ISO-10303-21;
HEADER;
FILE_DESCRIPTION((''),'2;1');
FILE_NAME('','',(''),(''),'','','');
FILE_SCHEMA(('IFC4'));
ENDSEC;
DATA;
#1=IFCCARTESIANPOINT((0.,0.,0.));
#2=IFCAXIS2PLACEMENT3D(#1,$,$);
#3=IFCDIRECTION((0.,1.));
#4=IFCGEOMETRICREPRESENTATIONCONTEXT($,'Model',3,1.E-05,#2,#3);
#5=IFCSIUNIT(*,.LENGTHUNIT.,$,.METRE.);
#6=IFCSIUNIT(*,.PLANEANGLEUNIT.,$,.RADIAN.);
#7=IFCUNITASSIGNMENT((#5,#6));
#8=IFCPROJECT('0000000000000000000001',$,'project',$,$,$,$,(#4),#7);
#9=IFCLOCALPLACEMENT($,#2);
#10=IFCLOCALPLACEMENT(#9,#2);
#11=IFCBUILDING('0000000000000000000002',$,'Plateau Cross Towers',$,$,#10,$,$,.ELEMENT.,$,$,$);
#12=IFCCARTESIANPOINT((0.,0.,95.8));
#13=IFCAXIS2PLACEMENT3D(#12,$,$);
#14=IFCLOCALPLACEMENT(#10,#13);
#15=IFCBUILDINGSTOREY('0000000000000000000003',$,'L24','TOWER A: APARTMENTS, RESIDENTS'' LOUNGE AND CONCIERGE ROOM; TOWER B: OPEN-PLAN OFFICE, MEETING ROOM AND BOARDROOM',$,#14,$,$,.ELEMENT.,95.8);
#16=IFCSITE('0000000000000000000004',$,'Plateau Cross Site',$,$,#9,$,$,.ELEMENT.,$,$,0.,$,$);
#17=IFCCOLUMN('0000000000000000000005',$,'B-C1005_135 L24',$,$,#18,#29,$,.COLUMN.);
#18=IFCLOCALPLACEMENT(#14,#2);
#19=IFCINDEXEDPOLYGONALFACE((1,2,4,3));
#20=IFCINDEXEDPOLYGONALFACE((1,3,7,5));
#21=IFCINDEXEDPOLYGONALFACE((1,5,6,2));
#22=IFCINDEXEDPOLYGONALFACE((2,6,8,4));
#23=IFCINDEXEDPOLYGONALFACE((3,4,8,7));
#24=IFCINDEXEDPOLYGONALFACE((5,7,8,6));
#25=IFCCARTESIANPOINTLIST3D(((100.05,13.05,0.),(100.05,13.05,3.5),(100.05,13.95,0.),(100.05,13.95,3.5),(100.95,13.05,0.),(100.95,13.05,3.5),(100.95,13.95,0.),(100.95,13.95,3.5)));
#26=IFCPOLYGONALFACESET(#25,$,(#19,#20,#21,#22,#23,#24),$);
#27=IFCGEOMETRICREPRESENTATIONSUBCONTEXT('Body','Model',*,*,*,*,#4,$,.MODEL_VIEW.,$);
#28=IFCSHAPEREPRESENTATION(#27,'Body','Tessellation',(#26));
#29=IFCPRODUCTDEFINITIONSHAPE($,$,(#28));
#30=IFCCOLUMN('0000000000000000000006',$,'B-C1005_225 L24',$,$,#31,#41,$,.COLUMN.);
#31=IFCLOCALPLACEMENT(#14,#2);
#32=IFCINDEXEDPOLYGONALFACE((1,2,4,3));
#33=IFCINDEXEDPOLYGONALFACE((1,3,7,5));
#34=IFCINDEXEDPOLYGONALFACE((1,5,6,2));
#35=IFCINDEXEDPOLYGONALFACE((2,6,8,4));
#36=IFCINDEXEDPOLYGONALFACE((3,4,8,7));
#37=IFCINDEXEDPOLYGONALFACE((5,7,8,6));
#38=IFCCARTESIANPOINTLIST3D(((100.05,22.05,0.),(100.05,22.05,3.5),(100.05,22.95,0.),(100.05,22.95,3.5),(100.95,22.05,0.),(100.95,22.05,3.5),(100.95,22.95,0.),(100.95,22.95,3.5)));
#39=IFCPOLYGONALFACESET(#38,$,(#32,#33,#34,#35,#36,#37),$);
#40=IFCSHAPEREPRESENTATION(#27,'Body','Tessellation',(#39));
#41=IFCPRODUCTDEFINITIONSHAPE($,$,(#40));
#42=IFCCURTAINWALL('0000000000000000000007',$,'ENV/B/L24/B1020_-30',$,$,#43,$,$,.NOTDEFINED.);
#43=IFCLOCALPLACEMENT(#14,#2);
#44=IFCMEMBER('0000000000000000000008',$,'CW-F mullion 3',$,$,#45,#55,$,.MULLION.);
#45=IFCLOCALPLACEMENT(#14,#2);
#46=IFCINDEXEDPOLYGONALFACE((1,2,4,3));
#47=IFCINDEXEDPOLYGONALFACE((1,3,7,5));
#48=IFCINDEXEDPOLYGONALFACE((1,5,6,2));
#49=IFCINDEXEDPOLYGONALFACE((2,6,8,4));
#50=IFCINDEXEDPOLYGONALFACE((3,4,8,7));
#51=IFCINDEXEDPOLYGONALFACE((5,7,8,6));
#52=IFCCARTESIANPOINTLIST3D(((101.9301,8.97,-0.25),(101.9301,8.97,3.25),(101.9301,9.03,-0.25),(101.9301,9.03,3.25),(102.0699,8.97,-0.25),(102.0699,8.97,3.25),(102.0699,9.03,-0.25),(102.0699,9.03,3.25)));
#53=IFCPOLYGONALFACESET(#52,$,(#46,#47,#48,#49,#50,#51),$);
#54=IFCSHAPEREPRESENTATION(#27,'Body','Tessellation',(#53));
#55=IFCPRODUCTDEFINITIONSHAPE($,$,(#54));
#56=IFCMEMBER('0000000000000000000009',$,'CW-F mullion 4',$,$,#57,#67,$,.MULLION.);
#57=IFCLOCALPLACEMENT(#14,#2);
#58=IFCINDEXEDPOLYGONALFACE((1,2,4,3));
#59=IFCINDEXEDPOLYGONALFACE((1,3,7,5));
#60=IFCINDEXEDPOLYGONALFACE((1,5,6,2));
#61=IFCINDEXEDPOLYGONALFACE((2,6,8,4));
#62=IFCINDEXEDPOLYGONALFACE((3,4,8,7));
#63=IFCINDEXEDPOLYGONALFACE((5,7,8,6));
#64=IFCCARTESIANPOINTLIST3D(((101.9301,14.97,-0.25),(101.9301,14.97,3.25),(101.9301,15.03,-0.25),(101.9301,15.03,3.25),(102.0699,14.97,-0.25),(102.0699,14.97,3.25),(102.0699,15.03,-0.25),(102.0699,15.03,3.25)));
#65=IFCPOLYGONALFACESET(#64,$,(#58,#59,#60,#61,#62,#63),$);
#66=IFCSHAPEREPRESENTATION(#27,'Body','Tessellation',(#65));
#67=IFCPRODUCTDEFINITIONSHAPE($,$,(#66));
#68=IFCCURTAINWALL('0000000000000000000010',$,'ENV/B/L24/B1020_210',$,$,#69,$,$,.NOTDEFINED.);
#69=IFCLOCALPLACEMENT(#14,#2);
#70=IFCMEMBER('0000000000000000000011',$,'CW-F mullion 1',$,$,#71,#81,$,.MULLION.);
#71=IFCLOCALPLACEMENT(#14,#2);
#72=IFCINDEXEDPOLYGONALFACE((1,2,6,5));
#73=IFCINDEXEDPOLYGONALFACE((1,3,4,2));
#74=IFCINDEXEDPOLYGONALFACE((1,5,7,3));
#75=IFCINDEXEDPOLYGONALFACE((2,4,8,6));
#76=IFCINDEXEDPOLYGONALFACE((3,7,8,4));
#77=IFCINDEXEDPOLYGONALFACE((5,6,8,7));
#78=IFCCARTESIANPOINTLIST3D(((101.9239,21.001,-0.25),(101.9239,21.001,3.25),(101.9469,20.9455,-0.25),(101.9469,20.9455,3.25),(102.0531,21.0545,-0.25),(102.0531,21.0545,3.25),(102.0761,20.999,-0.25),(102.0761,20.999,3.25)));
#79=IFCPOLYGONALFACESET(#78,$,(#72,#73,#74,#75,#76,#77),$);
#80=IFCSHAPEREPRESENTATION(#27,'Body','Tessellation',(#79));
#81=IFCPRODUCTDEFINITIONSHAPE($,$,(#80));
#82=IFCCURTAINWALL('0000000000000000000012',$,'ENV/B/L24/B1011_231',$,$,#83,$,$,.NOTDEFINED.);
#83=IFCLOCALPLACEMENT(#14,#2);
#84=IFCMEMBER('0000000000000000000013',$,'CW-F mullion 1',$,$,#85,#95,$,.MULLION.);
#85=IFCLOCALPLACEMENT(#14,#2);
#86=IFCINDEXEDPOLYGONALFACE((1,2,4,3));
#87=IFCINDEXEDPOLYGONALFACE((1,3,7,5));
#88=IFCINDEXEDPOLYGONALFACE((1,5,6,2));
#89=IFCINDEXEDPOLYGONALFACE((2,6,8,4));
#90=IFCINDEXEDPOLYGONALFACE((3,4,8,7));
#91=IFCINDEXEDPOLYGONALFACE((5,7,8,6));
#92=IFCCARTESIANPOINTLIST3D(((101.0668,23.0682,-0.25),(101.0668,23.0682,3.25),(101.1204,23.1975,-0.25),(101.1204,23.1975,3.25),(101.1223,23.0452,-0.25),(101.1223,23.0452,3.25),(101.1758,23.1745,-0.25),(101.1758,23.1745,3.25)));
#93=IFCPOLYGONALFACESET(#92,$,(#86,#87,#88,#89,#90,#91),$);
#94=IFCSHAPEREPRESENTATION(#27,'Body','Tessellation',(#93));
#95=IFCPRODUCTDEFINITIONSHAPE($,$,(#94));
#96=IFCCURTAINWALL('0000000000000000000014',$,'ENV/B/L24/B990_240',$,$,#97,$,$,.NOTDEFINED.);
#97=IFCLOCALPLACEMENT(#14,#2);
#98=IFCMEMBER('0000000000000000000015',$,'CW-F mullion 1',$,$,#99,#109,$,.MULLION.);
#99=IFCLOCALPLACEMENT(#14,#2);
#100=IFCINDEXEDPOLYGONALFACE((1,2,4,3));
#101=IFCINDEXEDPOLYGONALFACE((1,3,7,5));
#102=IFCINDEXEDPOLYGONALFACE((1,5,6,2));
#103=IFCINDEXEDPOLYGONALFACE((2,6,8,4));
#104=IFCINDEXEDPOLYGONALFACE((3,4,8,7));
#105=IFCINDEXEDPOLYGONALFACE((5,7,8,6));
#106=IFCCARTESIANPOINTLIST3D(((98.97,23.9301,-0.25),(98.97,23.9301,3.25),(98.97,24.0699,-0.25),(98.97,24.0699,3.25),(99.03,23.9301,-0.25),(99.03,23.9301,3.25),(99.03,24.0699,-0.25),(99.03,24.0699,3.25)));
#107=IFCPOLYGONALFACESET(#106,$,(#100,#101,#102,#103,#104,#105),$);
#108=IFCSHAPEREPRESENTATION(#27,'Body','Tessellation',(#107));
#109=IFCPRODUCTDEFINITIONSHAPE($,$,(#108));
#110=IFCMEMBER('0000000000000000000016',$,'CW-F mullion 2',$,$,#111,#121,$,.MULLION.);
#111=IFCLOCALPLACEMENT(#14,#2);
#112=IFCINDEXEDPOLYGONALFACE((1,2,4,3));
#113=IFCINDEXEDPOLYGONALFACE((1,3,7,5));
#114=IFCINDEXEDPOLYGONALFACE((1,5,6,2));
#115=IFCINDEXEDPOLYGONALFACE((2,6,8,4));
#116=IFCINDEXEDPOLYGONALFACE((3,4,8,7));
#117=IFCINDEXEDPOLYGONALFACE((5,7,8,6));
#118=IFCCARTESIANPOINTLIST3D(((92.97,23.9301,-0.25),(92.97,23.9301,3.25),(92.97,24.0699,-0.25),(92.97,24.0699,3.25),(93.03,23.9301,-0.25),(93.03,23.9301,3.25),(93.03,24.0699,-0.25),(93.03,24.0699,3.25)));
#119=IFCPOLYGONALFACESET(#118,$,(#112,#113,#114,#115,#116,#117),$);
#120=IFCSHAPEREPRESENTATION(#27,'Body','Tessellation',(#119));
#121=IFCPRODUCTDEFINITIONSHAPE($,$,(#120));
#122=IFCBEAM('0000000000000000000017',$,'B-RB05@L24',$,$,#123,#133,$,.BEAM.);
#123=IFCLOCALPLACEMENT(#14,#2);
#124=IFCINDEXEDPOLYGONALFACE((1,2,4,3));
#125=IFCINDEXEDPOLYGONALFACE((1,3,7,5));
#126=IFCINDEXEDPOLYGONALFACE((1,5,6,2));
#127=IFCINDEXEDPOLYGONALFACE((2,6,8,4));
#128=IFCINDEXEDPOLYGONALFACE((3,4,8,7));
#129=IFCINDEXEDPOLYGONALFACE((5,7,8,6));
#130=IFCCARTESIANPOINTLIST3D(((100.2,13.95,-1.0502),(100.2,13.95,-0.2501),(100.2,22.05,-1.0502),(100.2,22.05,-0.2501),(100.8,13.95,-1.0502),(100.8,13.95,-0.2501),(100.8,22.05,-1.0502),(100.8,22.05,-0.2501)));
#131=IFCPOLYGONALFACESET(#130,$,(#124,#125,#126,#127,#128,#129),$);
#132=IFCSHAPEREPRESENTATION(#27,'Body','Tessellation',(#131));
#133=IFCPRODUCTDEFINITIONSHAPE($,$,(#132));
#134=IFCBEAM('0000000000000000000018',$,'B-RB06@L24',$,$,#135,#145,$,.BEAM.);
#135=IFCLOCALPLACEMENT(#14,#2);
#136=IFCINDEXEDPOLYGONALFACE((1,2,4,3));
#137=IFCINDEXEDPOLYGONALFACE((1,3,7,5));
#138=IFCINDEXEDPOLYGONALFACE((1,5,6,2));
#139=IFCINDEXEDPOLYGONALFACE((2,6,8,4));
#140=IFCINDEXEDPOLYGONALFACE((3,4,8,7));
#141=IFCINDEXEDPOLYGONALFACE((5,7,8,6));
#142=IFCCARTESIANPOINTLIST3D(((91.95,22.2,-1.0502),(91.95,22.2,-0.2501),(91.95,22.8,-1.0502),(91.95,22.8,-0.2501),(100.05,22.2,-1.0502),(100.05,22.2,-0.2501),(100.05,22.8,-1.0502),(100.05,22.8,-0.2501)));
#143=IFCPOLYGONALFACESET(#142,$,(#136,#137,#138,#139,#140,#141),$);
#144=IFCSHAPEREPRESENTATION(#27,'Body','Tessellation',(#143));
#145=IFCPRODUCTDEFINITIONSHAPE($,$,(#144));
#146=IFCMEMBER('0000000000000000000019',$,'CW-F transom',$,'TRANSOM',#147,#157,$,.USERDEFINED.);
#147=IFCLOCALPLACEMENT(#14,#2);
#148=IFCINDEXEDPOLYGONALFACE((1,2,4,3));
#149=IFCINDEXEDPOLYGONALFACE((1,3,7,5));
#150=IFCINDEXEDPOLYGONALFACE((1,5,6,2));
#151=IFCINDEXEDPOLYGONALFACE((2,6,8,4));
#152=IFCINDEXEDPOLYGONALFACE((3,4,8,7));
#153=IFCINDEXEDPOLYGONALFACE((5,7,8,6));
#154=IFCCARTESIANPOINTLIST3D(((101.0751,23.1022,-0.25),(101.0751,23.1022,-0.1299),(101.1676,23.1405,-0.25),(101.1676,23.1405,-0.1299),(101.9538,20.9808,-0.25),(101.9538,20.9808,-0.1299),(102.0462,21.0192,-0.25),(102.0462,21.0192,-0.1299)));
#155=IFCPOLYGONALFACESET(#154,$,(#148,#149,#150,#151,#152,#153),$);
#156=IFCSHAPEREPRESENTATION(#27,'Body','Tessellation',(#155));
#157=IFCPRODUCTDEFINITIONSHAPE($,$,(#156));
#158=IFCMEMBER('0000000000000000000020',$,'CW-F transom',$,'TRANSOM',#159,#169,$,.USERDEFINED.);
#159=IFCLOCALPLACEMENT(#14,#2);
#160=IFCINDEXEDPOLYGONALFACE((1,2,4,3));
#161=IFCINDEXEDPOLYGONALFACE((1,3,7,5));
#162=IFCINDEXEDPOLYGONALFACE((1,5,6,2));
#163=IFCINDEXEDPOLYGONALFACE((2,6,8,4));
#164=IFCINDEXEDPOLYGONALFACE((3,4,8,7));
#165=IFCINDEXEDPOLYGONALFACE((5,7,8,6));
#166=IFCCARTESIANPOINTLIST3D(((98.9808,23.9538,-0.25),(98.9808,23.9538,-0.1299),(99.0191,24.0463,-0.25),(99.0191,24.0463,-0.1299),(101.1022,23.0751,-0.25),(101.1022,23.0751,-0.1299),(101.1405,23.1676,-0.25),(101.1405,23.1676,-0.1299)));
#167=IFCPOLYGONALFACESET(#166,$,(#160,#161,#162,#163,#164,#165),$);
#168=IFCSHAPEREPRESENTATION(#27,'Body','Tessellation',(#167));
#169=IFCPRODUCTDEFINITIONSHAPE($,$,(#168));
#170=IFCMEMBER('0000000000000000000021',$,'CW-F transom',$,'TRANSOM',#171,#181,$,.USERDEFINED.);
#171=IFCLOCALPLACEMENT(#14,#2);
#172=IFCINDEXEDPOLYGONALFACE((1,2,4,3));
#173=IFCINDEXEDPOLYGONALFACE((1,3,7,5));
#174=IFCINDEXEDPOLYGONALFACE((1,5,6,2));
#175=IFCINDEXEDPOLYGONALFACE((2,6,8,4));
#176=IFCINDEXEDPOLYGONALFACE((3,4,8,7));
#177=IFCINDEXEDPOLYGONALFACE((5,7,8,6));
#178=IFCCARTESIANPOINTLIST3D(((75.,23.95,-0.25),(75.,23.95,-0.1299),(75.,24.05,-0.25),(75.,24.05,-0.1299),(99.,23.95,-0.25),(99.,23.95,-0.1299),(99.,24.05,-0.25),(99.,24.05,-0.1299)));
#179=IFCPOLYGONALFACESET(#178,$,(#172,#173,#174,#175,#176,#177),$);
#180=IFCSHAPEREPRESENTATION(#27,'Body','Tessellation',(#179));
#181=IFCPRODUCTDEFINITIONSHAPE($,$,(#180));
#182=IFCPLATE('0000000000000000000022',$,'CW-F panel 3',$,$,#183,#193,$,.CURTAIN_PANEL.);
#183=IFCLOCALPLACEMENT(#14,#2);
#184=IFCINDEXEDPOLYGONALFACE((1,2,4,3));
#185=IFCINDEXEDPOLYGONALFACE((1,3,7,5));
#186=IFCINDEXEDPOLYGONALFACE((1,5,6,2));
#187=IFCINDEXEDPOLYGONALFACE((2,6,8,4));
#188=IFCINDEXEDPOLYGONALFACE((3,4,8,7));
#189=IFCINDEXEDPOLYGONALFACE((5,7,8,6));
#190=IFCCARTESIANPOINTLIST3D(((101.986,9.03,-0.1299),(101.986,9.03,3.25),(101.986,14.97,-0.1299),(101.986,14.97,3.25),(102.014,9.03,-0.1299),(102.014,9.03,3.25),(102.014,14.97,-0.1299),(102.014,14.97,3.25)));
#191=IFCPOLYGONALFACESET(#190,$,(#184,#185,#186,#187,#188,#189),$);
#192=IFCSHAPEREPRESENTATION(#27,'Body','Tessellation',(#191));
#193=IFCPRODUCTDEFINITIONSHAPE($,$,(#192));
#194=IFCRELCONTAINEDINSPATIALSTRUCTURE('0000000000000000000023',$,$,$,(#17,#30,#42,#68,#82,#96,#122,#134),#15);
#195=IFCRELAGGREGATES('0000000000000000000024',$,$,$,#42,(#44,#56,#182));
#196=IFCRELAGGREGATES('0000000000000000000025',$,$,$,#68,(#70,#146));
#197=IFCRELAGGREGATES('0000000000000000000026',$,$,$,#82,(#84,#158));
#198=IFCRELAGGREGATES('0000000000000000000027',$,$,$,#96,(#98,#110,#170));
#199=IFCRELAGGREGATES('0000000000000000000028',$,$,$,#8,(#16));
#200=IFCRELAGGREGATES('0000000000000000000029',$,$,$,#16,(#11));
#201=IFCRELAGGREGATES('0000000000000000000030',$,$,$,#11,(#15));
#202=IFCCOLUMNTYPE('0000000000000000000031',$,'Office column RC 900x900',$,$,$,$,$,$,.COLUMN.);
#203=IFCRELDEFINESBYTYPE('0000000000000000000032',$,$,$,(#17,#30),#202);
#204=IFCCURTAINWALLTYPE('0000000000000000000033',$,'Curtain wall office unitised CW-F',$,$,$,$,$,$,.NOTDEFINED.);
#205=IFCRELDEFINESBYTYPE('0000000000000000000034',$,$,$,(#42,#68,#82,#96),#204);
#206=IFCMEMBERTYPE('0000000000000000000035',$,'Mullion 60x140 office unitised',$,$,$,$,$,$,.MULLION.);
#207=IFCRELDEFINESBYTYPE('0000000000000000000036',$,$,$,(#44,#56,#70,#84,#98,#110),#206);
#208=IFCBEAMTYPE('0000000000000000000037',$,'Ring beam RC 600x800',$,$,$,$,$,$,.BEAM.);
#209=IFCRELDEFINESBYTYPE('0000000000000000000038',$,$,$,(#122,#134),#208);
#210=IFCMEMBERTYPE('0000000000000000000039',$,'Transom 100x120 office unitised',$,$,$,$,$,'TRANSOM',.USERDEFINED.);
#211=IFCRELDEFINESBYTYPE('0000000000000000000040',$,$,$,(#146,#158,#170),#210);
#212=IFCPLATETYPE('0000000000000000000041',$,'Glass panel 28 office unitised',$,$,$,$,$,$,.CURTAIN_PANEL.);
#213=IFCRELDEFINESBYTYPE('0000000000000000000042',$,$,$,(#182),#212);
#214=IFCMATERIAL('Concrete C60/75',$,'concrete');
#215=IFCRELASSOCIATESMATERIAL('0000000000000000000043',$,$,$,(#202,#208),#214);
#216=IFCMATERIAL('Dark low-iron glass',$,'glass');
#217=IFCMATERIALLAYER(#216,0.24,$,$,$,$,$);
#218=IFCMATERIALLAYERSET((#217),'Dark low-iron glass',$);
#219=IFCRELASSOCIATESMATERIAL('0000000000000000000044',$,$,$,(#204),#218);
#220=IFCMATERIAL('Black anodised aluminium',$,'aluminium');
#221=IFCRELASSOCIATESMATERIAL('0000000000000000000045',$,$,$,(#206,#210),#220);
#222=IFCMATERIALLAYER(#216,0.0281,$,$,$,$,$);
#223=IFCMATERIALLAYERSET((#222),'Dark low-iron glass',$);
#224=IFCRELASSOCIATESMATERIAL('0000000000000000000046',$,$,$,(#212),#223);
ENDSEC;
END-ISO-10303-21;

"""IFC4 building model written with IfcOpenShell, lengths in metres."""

from ifc_helpers import new_model, si_unit, direction, frame, origin, origin_2d, place, context, subcontext, project, spatial, rectangle, extrude, material, layer, layer_set, material_profile, profile_set, type_object, element, aggregate, save


model = new_model("IFC4")

# Units and contexts
model_context = context("Model", 3, precision=1e-05, world=origin(), true_north=direction((0.0, 1.0)))
body_context = subcontext(model_context, "Body", "Model", "MODEL_VIEW")
ifc_project = project(units=[si_unit("LENGTHUNIT", "METRE"), si_unit("PLANEANGLEUNIT", "RADIAN")], contexts=[model_context])

# Site, building, storey
site_placement = place(None, origin())
site = spatial("IfcSite", under=ifc_project, at=site_placement, Name="Plateau Cross Site", CompositionType="ELEMENT", RefElevation=0.0)
building_placement = place(site_placement, origin())
building = spatial("IfcBuilding", under=site, at=building_placement, Name="Plateau Cross Towers", CompositionType="ELEMENT")
storey_placement = place(building_placement, frame((0.0, 0.0, 95.8)))
storey = spatial("IfcBuildingStorey", under=building, at=storey_placement, Name="L24", Description="TOWER A: APARTMENTS, RESIDENTS' LOUNGE AND CONCIERGE ROOM; TOWER B: OPEN-PLAN OFFICE, MEETING ROOM AND BOARDROOM", CompositionType="ELEMENT", Elevation=95.8)

# Columns
ifc_material_1 = material(Name="Concrete C60/75", Category="concrete")
ifc_material_profile_1 = material_profile(ifc_material_1, rectangle(XDim=0.8999, YDim=0.8999, at=origin_2d()), Name="RC 900x900")
ifc_profile_set_1 = profile_set([ifc_material_profile_1], Name="Concrete C60/75")
column_type = type_object("IfcColumnType", Name="Office column RC 900x900", PredefinedType="COLUMN", material=ifc_profile_set_1)
for number, where, z_axis, x_axis, name in (
    (1, (100.5, 13.5, 0.0), (0.0, 0.0, 1.0), (1.0, 0.0, 0.0), "B-C1005_135 L24"),
    (2, (100.5, 22.5, 0.0), (0.0, 0.0, 1.0), (1.0, 0.0, 0.0), "B-C1005_225 L24"),
):
    element("IfcColumn", number, at=place(storey_placement, frame(where, z_axis=z_axis, x_axis=x_axis)), inside=storey, type_object=column_type, Name=name, PredefinedType="COLUMN", context=body_context, shape_type="SweptSolid", body=[
        extrude(rectangle(XDim=0.8999, YDim=0.8999, at=origin_2d()), origin(), (0.0, 0.0, 1.0), 3.5),
    ])

# Curtain wall, members
ifc_material_2 = material(Name="Dark low-iron glass", Category="glass")
ifc_layer_1 = layer(ifc_material_2, 0.24)
ifc_layer_set_1 = layer_set([ifc_layer_1], Name="Dark low-iron glass")
curtain_wall_type = type_object("IfcCurtainWallType", Name="Curtain wall office unitised CW-F", PredefinedType="NOTDEFINED", material=ifc_layer_set_1)
curtain_wall_1_placement = place(storey_placement, origin())
curtain_wall_1 = element("IfcCurtainWall", 3, at=curtain_wall_1_placement, inside=storey, type_object=curtain_wall_type, Name="ENV/B/L24/B1020_-30", PredefinedType="NOTDEFINED")
ifc_material_3 = material(Name="Black anodised aluminium", Category="aluminium")
ifc_material_profile_2 = material_profile(ifc_material_3, rectangle(XDim=0.0601, YDim=0.1399, at=origin_2d()), Name="MULLION 60x140")
ifc_profile_set_2 = profile_set([ifc_material_profile_2], Name="Black anodised aluminium")
member_type_1 = type_object("IfcMemberType", Name="Mullion 60x140 office unitised", PredefinedType="MULLION", material=ifc_profile_set_2)
member_1_placement = place(storey_placement, frame((102.0, 9.0, -0.25), z_axis=(0.0, 0.0, 1.0), x_axis=(0.0, 1.0, 0.0)))
member_1 = element("IfcMember", 4, at=member_1_placement, type_object=member_type_1, Name="CW-F mullion 3", PredefinedType="MULLION", context=body_context, shape_type="SweptSolid", body=[
    extrude(rectangle(XDim=0.0601, YDim=0.1399, at=origin_2d()), origin(), (0.0, 0.0, 1.0), 3.5),
])
member_2_placement = place(storey_placement, frame((102.0, 15.0, -0.25), z_axis=(0.0, 0.0, 1.0), x_axis=(0.0, 1.0, 0.0)))
member_2 = element("IfcMember", 5, at=member_2_placement, type_object=member_type_1, Name="CW-F mullion 4", PredefinedType="MULLION", context=body_context, shape_type="SweptSolid", body=[
    extrude(rectangle(XDim=0.0601, YDim=0.1399, at=origin_2d()), origin(), (0.0, 0.0, 1.0), 3.5),
])

# Curtain walls, members
curtain_wall_2_placement = place(storey_placement, origin())
curtain_wall_2 = element("IfcCurtainWall", 6, at=curtain_wall_2_placement, inside=storey, type_object=curtain_wall_type, Name="ENV/B/L24/B1020_210", PredefinedType="NOTDEFINED")
member_3_placement = place(storey_placement, frame((102.0, 21.0, -0.25), z_axis=(0.0, 0.0, 1.0), x_axis=(-0.382684, 0.923879, 0.0)))
member_3 = element("IfcMember", 7, at=member_3_placement, type_object=member_type_1, Name="CW-F mullion 1", PredefinedType="MULLION", context=body_context, shape_type="SweptSolid", body=[
    extrude(rectangle(XDim=0.0601, YDim=0.1399, at=origin_2d()), origin(), (0.0, 0.0, 1.0), 3.5),
])
curtain_wall_3_placement = place(storey_placement, origin())
curtain_wall_3 = element("IfcCurtainWall", 8, at=curtain_wall_3_placement, inside=storey, type_object=curtain_wall_type, Name="ENV/B/L24/B1011_231", PredefinedType="NOTDEFINED")
member_4_placement = place(storey_placement, frame((101.1213, 23.1213, -0.25), z_axis=(0.0, 0.0, 1.0), x_axis=(-0.923879, 0.382684, 0.0)))
member_4 = element("IfcMember", 9, at=member_4_placement, type_object=member_type_1, Name="CW-F mullion 1", PredefinedType="MULLION", context=body_context, shape_type="SweptSolid", body=[
    extrude(rectangle(XDim=0.0601, YDim=0.1399, at=origin_2d()), origin(), (0.0, 0.0, 1.0), 3.5),
])

# Curtain wall, members
curtain_wall_4_placement = place(storey_placement, origin())
curtain_wall_4 = element("IfcCurtainWall", 10, at=curtain_wall_4_placement, inside=storey, type_object=curtain_wall_type, Name="ENV/B/L24/B990_240", PredefinedType="NOTDEFINED")
member_5_placement = place(storey_placement, frame((99.0, 24.0, -0.25), z_axis=(0.0, 0.0, 1.0), x_axis=(-1.0, 0.0, 0.0)))
member_5 = element("IfcMember", 11, at=member_5_placement, type_object=member_type_1, Name="CW-F mullion 1", PredefinedType="MULLION", context=body_context, shape_type="SweptSolid", body=[
    extrude(rectangle(XDim=0.0601, YDim=0.1399, at=origin_2d()), origin(), (0.0, 0.0, 1.0), 3.5),
])
member_6_placement = place(storey_placement, frame((93.0, 24.0, -0.25), z_axis=(0.0, 0.0, 1.0), x_axis=(-1.0, 0.0, 0.0)))
member_6 = element("IfcMember", 12, at=member_6_placement, type_object=member_type_1, Name="CW-F mullion 2", PredefinedType="MULLION", context=body_context, shape_type="SweptSolid", body=[
    extrude(rectangle(XDim=0.0601, YDim=0.1399, at=origin_2d()), origin(), (0.0, 0.0, 1.0), 3.5),
])

# Beams
ifc_material_profile_3 = material_profile(ifc_material_1, rectangle(XDim=0.6001, YDim=0.8, at=origin_2d()), Name="RC 600x800")
ifc_profile_set_3 = profile_set([ifc_material_profile_3], Name="Concrete C60/75")
beam_type = type_object("IfcBeamType", Name="Ring beam RC 600x800", PredefinedType="BEAM", material=ifc_profile_set_3)
for number, where, z_axis, x_axis, name in (
    (13, (100.5, 13.95, -0.6501), (0.0, 1.0, 0.0), (-1.0, 0.0, 0.0), "B-RB05@L24"),
    (14, (100.05, 22.5, -0.6501), (-1.0, 0.0, 0.0), (0.0, -1.0, 0.0), "B-RB06@L24"),
):
    element("IfcBeam", number, at=place(storey_placement, frame(where, z_axis=z_axis, x_axis=x_axis)), inside=storey, type_object=beam_type, Name=name, PredefinedType="BEAM", context=body_context, shape_type="SweptSolid", body=[
        extrude(rectangle(XDim=0.6001, YDim=0.8, at=origin_2d()), origin(), (0.0, 0.0, 1.0), 8.1001),
    ])

# Members
ifc_material_profile_4 = material_profile(ifc_material_3, rectangle(XDim=0.1001, YDim=0.1201, at=origin_2d()), Name="TRANSOM 100x120")
ifc_profile_set_4 = profile_set([ifc_material_profile_4], Name="Black anodised aluminium")
member_type_2 = type_object("IfcMemberType", Name="Transom 100x120 office unitised", ElementType="TRANSOM", PredefinedType="USERDEFINED", material=ifc_profile_set_4)
member_7_placement = place(storey_placement, frame((102.0, 21.0, -0.1899), z_axis=(-0.382674, 0.923883, 0.0), x_axis=(-0.923883, -0.382674, 0.0)))
member_7 = element("IfcMember", 15, at=member_7_placement, type_object=member_type_2, Name="CW-F transom", ObjectType="TRANSOM", PredefinedType="USERDEFINED", context=body_context, shape_type="SweptSolid", body=[
    extrude(rectangle(XDim=0.1001, YDim=0.1201, at=origin_2d()), origin(), (0.0, 0.0, 1.0), 2.2961),
])
member_8_placement = place(storey_placement, frame((101.1213, 23.1213, -0.1899), z_axis=(-0.923883, 0.382674, 0.0), x_axis=(-0.382674, -0.923883, 0.0)))
member_8 = element("IfcMember", 16, at=member_8_placement, type_object=member_type_2, Name="CW-F transom", ObjectType="TRANSOM", PredefinedType="USERDEFINED", context=body_context, shape_type="SweptSolid", body=[
    extrude(rectangle(XDim=0.1001, YDim=0.1201, at=origin_2d()), origin(), (0.0, 0.0, 1.0), 2.2961),
])
member_9_placement = place(storey_placement, frame((99.0, 24.0, -0.1899), z_axis=(-1.0, 0.0, 0.0), x_axis=(0.0, -1.0, 0.0)))
member_9 = element("IfcMember", 17, at=member_9_placement, type_object=member_type_2, Name="CW-F transom", ObjectType="TRANSOM", PredefinedType="USERDEFINED", context=body_context, shape_type="SweptSolid", body=[
    extrude(rectangle(XDim=0.1001, YDim=0.1201, at=origin_2d()), origin(), (0.0, 0.0, 1.0), 24.0),
])

# Plate
ifc_layer_2 = layer(ifc_material_2, 0.0281)
ifc_layer_set_2 = layer_set([ifc_layer_2], Name="Dark low-iron glass")
plate_type = type_object("IfcPlateType", Name="Glass panel 28 office unitised", PredefinedType="CURTAIN_PANEL", material=ifc_layer_set_2)
plate_1_placement = place(storey_placement, frame((102.0, 12.0, -0.1299), z_axis=(0.0, 0.0, 1.0), x_axis=(0.0, 1.0, 0.0)))
plate_1 = element("IfcPlate", 18, at=plate_1_placement, type_object=plate_type, Name="CW-F panel 3", PredefinedType="CURTAIN_PANEL", context=body_context, shape_type="SweptSolid", body=[
    extrude(rectangle(XDim=5.9399, YDim=0.0281, at=origin_2d()), origin(), (0.0, 0.0, 1.0), 3.3799),
])
aggregate(curtain_wall_1, [member_1, member_2, plate_1])
aggregate(curtain_wall_2, [member_3, member_7])
aggregate(curtain_wall_3, [member_4, member_8])
aggregate(curtain_wall_4, [member_5, member_6, member_9])

save(model, "model.ifc")
